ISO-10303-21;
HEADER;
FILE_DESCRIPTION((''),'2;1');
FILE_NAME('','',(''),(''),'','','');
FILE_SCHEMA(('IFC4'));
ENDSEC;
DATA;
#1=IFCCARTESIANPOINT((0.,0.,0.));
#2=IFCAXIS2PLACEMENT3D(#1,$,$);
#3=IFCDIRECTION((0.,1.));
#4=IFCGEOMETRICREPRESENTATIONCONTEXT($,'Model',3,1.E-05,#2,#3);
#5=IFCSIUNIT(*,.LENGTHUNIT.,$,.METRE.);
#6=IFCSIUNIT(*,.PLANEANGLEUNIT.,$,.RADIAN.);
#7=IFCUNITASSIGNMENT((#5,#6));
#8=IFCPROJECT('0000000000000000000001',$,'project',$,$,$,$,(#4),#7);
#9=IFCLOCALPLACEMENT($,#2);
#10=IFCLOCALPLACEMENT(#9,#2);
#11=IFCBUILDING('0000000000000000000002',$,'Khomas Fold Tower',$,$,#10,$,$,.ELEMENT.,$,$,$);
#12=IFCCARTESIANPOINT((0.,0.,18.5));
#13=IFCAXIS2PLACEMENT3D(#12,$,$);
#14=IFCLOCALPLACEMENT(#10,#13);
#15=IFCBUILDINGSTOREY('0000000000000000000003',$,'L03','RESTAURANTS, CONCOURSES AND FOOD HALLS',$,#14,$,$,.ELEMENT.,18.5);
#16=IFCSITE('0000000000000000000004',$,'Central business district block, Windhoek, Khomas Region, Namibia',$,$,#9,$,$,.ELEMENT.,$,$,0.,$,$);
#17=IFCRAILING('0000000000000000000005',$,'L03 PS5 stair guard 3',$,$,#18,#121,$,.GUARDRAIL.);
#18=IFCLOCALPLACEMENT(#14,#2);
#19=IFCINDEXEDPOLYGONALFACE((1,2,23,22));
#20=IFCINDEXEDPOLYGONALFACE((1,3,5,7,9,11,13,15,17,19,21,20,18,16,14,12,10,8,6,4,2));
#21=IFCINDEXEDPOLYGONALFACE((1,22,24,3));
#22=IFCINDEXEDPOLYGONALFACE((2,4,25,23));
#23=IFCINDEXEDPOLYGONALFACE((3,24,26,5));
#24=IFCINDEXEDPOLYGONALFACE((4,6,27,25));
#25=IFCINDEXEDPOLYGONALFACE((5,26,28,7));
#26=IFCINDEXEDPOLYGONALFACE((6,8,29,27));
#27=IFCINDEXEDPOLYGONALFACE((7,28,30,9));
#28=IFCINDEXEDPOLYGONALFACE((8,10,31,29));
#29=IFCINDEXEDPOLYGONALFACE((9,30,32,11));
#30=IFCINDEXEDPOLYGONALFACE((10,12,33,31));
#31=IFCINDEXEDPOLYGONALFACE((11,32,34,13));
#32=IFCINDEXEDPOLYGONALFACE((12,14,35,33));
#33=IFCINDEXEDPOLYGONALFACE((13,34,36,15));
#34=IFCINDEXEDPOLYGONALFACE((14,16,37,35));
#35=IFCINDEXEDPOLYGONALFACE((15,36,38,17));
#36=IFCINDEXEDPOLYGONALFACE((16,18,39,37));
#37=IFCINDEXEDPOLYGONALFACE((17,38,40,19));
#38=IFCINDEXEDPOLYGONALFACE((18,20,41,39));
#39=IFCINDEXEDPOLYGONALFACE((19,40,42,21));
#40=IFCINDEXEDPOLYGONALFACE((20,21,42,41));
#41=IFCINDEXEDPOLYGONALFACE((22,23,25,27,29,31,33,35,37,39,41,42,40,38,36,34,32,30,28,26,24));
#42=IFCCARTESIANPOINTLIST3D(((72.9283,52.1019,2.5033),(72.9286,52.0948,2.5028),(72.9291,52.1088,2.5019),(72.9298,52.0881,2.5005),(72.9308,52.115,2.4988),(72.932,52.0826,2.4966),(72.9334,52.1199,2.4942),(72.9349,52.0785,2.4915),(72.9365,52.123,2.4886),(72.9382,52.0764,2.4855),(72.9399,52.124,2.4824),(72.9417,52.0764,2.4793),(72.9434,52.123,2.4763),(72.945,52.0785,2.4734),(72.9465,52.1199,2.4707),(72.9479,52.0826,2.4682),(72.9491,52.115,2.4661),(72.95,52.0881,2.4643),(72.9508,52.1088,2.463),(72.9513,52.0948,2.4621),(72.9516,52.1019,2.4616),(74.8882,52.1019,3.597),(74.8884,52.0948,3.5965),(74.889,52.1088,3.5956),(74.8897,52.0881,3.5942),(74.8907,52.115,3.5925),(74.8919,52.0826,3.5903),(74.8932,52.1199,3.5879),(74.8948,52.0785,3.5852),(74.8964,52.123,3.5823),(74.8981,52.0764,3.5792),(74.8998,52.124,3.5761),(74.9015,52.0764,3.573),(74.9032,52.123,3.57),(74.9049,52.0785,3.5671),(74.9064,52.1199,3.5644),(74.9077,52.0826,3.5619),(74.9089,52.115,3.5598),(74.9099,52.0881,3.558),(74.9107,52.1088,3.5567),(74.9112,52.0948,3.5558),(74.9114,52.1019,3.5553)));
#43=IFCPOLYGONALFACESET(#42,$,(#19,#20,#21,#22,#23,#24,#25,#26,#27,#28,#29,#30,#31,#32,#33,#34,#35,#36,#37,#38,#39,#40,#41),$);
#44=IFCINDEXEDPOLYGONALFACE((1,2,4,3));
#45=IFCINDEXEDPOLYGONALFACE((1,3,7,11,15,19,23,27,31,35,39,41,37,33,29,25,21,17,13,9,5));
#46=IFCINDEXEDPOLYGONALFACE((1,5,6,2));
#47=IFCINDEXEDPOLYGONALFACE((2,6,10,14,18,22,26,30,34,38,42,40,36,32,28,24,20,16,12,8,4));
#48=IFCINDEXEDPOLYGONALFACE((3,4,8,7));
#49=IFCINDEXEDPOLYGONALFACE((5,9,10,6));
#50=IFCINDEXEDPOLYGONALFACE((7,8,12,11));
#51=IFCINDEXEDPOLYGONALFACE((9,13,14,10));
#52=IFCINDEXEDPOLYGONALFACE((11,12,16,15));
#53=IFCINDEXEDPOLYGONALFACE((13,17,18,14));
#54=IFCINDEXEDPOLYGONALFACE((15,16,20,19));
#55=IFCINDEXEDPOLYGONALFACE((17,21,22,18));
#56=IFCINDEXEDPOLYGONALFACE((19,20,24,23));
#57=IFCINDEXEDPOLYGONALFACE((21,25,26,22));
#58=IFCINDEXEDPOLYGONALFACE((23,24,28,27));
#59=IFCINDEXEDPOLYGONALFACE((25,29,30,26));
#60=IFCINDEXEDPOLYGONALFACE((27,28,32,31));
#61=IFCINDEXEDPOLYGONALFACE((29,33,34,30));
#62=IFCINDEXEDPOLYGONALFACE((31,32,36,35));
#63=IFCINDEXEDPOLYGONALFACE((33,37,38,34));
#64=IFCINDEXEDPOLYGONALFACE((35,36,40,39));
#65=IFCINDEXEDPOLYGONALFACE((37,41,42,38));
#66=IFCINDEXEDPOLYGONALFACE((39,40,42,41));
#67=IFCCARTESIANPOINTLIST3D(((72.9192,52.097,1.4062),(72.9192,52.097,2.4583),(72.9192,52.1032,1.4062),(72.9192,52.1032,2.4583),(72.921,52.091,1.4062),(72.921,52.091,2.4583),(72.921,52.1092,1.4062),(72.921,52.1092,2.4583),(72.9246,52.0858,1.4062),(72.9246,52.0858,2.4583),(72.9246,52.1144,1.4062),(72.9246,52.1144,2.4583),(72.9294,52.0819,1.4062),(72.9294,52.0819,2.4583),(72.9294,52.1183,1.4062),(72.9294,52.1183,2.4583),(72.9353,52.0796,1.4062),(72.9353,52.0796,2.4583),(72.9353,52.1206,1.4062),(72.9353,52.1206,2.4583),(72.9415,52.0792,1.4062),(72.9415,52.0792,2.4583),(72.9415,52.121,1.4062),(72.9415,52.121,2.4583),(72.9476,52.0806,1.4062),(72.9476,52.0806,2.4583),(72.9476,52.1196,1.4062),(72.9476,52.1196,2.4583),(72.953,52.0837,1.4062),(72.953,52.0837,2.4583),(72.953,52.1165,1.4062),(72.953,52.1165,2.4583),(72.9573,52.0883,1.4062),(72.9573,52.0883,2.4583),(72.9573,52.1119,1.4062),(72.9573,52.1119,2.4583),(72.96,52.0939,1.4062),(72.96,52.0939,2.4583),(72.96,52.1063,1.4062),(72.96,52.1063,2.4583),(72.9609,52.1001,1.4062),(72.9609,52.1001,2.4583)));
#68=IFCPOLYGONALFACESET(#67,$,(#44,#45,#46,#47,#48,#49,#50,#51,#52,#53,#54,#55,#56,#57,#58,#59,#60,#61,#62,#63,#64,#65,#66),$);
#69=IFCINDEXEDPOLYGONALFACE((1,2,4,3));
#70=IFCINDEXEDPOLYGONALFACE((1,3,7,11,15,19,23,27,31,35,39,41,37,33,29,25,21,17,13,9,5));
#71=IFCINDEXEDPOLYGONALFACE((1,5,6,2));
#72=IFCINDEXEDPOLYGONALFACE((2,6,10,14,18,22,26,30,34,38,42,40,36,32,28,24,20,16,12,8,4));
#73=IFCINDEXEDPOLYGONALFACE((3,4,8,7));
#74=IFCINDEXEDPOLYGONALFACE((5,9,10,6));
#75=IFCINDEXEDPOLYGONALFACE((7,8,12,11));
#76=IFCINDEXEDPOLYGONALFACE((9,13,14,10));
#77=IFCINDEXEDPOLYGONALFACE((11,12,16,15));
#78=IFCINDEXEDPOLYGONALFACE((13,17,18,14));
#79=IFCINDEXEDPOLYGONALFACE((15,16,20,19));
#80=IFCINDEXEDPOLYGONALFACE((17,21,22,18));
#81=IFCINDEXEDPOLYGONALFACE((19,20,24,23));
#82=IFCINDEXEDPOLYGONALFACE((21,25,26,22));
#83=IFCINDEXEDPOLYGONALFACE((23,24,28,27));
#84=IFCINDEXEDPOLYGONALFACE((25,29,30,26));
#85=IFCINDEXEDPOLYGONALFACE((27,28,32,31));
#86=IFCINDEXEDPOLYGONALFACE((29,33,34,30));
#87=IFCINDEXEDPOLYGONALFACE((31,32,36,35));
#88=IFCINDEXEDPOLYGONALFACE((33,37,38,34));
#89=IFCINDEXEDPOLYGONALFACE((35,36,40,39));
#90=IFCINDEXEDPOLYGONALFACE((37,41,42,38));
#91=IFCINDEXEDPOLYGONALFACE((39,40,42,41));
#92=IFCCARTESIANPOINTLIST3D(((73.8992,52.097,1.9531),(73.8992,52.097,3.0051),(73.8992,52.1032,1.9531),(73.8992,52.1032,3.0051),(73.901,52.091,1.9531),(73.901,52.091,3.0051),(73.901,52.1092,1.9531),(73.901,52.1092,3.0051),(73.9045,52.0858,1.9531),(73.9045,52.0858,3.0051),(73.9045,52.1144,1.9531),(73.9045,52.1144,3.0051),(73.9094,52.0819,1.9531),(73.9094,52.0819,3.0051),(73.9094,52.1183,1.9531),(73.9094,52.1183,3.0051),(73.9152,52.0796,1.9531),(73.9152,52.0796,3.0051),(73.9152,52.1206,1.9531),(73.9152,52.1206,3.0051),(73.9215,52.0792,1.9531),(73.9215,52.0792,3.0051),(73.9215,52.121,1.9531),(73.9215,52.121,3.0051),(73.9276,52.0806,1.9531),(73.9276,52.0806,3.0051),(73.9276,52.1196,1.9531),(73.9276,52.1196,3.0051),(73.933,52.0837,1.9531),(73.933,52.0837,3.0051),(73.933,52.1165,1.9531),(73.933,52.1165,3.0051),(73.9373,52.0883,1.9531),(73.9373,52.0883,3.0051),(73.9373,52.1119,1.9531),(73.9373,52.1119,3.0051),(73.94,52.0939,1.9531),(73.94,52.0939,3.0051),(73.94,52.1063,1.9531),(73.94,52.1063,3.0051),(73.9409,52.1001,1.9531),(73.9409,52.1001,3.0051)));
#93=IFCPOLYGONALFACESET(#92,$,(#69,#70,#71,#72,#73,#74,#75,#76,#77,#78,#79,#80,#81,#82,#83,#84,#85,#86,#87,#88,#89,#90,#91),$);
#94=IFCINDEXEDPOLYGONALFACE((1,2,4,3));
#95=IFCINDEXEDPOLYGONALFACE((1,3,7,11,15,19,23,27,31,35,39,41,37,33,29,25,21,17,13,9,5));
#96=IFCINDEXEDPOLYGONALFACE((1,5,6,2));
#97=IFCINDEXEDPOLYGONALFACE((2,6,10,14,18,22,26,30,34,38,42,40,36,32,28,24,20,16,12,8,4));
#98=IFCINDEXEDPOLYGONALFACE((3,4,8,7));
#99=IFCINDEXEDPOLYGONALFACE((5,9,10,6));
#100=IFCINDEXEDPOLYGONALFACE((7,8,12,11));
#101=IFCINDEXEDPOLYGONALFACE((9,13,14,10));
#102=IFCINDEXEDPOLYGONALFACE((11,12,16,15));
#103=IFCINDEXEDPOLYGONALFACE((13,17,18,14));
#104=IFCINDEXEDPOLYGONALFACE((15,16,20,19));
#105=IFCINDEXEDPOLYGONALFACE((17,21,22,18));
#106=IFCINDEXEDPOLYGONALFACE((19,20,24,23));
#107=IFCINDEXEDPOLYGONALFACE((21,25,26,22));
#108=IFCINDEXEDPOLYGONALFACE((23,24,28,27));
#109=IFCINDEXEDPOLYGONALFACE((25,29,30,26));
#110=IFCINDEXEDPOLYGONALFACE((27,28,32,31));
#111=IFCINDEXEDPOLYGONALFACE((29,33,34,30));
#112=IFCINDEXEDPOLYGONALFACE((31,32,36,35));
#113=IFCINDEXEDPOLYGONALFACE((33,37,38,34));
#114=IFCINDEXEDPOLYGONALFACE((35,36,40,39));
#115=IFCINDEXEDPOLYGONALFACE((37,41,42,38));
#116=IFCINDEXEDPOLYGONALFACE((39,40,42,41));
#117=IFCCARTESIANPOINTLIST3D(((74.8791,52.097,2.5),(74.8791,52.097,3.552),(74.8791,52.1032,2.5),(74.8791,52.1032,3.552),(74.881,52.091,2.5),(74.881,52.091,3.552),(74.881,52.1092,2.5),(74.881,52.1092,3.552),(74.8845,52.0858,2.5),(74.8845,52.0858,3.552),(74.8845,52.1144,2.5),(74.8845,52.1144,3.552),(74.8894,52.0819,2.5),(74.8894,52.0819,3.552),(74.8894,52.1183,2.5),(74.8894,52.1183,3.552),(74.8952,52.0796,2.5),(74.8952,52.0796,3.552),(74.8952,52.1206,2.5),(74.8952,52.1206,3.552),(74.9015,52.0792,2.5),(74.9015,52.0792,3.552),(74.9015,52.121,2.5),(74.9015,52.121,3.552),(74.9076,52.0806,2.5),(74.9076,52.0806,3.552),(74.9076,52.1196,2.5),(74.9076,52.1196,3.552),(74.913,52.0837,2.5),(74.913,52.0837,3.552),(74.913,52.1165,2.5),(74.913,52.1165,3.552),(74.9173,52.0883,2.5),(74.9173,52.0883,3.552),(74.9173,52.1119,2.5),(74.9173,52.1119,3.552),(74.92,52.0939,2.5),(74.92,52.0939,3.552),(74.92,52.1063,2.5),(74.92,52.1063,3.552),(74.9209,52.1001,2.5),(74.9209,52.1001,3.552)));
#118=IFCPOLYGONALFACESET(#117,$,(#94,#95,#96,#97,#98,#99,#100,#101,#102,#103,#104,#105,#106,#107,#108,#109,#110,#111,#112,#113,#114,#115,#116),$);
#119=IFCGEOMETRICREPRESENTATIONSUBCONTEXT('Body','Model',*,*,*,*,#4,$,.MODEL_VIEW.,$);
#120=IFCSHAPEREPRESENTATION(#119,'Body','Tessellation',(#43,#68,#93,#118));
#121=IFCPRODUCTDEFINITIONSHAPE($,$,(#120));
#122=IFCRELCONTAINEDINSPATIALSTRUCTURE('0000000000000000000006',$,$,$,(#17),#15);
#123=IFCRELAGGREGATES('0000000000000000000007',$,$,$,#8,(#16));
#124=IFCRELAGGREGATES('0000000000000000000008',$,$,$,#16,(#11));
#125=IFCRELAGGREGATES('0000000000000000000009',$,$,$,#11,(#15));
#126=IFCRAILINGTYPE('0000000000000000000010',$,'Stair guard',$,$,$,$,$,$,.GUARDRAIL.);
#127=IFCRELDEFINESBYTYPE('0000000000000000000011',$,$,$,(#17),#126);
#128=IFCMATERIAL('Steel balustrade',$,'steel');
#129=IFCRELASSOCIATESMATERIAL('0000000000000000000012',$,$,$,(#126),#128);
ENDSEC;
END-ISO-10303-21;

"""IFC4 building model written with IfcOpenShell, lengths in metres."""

from ifc_helpers import new_model, si_unit, direction, frame, origin, origin_2d, place, context, subcontext, project, spatial, circle, extrude, source, transform, mapped, material, type_object, element, save


model = new_model("IFC4")

# Units and contexts
model_context = context("Model", 3, precision=1e-05, world=origin(), true_north=direction((0.0, 1.0)))
body_context = subcontext(model_context, "Body", "Model", "MODEL_VIEW")
ifc_project = project(units=[si_unit("LENGTHUNIT", "METRE"), si_unit("PLANEANGLEUNIT", "RADIAN")], contexts=[model_context])

# Site, building, storey
site_placement = place(None, origin())
site = spatial("IfcSite", under=ifc_project, at=site_placement, Name="Central business district block, Windhoek, Khomas Region, Namibia", CompositionType="ELEMENT", RefElevation=0.0)
building_placement = place(site_placement, origin())
building = spatial("IfcBuilding", under=site, at=building_placement, Name="Khomas Fold Tower", CompositionType="ELEMENT")
storey_placement = place(building_placement, frame((0.0, 0.0, 18.5)))
storey = spatial("IfcBuildingStorey", under=building, at=storey_placement, Name="L03", Description="RESTAURANTS, CONCOURSES AND FOOD HALLS", CompositionType="ELEMENT", Elevation=18.5)

# Railing
ifc_material_1 = material(Name="Steel balustrade", Category="steel")
railing_type_1 = type_object("IfcRailingType", Name="Stair guard", PredefinedType="GUARDRAIL", material=ifc_material_1)
shared_shape_1 = source(origin(), body_context, "Body", "SweptSolid", [
    extrude(circle(Radius=0.0239, at=origin_2d()), frame((0.0, 0.0, 1.0762), z_axis=(0.873232, 0.0, 0.487304), x_axis=(0.0, 1.0, 0.0)), (0.0, 0.0, 1.0), 2.2444),
    extrude(circle(Radius=0.021, at=origin_2d()), origin(), (0.0, 0.0, 1.0), 1.052),
    extrude(circle(Radius=0.021, at=origin_2d()), frame((0.98, 0.0, 0.5469)), (0.0, 0.0, 1.0), 1.052),
    extrude(circle(Radius=0.021, at=origin_2d()), frame((1.96, 0.0, 1.0938)), (0.0, 0.0, 1.0), 1.052),
])
for number, where, name in (
    (1, (72.9399, 52.1001, 1.4062), "L03 PS5 stair guard 3"),
):
    element("IfcRailing", number, at=place(storey_placement, frame(where)), inside=storey, type_object=railing_type_1, Name=name, PredefinedType="GUARDRAIL", context=body_context, shape_type="MappedRepresentation", body=[
        mapped(shared_shape_1, transform((0.0, 0.0, 0.0))),
    ])

save(model, "model.ifc")
